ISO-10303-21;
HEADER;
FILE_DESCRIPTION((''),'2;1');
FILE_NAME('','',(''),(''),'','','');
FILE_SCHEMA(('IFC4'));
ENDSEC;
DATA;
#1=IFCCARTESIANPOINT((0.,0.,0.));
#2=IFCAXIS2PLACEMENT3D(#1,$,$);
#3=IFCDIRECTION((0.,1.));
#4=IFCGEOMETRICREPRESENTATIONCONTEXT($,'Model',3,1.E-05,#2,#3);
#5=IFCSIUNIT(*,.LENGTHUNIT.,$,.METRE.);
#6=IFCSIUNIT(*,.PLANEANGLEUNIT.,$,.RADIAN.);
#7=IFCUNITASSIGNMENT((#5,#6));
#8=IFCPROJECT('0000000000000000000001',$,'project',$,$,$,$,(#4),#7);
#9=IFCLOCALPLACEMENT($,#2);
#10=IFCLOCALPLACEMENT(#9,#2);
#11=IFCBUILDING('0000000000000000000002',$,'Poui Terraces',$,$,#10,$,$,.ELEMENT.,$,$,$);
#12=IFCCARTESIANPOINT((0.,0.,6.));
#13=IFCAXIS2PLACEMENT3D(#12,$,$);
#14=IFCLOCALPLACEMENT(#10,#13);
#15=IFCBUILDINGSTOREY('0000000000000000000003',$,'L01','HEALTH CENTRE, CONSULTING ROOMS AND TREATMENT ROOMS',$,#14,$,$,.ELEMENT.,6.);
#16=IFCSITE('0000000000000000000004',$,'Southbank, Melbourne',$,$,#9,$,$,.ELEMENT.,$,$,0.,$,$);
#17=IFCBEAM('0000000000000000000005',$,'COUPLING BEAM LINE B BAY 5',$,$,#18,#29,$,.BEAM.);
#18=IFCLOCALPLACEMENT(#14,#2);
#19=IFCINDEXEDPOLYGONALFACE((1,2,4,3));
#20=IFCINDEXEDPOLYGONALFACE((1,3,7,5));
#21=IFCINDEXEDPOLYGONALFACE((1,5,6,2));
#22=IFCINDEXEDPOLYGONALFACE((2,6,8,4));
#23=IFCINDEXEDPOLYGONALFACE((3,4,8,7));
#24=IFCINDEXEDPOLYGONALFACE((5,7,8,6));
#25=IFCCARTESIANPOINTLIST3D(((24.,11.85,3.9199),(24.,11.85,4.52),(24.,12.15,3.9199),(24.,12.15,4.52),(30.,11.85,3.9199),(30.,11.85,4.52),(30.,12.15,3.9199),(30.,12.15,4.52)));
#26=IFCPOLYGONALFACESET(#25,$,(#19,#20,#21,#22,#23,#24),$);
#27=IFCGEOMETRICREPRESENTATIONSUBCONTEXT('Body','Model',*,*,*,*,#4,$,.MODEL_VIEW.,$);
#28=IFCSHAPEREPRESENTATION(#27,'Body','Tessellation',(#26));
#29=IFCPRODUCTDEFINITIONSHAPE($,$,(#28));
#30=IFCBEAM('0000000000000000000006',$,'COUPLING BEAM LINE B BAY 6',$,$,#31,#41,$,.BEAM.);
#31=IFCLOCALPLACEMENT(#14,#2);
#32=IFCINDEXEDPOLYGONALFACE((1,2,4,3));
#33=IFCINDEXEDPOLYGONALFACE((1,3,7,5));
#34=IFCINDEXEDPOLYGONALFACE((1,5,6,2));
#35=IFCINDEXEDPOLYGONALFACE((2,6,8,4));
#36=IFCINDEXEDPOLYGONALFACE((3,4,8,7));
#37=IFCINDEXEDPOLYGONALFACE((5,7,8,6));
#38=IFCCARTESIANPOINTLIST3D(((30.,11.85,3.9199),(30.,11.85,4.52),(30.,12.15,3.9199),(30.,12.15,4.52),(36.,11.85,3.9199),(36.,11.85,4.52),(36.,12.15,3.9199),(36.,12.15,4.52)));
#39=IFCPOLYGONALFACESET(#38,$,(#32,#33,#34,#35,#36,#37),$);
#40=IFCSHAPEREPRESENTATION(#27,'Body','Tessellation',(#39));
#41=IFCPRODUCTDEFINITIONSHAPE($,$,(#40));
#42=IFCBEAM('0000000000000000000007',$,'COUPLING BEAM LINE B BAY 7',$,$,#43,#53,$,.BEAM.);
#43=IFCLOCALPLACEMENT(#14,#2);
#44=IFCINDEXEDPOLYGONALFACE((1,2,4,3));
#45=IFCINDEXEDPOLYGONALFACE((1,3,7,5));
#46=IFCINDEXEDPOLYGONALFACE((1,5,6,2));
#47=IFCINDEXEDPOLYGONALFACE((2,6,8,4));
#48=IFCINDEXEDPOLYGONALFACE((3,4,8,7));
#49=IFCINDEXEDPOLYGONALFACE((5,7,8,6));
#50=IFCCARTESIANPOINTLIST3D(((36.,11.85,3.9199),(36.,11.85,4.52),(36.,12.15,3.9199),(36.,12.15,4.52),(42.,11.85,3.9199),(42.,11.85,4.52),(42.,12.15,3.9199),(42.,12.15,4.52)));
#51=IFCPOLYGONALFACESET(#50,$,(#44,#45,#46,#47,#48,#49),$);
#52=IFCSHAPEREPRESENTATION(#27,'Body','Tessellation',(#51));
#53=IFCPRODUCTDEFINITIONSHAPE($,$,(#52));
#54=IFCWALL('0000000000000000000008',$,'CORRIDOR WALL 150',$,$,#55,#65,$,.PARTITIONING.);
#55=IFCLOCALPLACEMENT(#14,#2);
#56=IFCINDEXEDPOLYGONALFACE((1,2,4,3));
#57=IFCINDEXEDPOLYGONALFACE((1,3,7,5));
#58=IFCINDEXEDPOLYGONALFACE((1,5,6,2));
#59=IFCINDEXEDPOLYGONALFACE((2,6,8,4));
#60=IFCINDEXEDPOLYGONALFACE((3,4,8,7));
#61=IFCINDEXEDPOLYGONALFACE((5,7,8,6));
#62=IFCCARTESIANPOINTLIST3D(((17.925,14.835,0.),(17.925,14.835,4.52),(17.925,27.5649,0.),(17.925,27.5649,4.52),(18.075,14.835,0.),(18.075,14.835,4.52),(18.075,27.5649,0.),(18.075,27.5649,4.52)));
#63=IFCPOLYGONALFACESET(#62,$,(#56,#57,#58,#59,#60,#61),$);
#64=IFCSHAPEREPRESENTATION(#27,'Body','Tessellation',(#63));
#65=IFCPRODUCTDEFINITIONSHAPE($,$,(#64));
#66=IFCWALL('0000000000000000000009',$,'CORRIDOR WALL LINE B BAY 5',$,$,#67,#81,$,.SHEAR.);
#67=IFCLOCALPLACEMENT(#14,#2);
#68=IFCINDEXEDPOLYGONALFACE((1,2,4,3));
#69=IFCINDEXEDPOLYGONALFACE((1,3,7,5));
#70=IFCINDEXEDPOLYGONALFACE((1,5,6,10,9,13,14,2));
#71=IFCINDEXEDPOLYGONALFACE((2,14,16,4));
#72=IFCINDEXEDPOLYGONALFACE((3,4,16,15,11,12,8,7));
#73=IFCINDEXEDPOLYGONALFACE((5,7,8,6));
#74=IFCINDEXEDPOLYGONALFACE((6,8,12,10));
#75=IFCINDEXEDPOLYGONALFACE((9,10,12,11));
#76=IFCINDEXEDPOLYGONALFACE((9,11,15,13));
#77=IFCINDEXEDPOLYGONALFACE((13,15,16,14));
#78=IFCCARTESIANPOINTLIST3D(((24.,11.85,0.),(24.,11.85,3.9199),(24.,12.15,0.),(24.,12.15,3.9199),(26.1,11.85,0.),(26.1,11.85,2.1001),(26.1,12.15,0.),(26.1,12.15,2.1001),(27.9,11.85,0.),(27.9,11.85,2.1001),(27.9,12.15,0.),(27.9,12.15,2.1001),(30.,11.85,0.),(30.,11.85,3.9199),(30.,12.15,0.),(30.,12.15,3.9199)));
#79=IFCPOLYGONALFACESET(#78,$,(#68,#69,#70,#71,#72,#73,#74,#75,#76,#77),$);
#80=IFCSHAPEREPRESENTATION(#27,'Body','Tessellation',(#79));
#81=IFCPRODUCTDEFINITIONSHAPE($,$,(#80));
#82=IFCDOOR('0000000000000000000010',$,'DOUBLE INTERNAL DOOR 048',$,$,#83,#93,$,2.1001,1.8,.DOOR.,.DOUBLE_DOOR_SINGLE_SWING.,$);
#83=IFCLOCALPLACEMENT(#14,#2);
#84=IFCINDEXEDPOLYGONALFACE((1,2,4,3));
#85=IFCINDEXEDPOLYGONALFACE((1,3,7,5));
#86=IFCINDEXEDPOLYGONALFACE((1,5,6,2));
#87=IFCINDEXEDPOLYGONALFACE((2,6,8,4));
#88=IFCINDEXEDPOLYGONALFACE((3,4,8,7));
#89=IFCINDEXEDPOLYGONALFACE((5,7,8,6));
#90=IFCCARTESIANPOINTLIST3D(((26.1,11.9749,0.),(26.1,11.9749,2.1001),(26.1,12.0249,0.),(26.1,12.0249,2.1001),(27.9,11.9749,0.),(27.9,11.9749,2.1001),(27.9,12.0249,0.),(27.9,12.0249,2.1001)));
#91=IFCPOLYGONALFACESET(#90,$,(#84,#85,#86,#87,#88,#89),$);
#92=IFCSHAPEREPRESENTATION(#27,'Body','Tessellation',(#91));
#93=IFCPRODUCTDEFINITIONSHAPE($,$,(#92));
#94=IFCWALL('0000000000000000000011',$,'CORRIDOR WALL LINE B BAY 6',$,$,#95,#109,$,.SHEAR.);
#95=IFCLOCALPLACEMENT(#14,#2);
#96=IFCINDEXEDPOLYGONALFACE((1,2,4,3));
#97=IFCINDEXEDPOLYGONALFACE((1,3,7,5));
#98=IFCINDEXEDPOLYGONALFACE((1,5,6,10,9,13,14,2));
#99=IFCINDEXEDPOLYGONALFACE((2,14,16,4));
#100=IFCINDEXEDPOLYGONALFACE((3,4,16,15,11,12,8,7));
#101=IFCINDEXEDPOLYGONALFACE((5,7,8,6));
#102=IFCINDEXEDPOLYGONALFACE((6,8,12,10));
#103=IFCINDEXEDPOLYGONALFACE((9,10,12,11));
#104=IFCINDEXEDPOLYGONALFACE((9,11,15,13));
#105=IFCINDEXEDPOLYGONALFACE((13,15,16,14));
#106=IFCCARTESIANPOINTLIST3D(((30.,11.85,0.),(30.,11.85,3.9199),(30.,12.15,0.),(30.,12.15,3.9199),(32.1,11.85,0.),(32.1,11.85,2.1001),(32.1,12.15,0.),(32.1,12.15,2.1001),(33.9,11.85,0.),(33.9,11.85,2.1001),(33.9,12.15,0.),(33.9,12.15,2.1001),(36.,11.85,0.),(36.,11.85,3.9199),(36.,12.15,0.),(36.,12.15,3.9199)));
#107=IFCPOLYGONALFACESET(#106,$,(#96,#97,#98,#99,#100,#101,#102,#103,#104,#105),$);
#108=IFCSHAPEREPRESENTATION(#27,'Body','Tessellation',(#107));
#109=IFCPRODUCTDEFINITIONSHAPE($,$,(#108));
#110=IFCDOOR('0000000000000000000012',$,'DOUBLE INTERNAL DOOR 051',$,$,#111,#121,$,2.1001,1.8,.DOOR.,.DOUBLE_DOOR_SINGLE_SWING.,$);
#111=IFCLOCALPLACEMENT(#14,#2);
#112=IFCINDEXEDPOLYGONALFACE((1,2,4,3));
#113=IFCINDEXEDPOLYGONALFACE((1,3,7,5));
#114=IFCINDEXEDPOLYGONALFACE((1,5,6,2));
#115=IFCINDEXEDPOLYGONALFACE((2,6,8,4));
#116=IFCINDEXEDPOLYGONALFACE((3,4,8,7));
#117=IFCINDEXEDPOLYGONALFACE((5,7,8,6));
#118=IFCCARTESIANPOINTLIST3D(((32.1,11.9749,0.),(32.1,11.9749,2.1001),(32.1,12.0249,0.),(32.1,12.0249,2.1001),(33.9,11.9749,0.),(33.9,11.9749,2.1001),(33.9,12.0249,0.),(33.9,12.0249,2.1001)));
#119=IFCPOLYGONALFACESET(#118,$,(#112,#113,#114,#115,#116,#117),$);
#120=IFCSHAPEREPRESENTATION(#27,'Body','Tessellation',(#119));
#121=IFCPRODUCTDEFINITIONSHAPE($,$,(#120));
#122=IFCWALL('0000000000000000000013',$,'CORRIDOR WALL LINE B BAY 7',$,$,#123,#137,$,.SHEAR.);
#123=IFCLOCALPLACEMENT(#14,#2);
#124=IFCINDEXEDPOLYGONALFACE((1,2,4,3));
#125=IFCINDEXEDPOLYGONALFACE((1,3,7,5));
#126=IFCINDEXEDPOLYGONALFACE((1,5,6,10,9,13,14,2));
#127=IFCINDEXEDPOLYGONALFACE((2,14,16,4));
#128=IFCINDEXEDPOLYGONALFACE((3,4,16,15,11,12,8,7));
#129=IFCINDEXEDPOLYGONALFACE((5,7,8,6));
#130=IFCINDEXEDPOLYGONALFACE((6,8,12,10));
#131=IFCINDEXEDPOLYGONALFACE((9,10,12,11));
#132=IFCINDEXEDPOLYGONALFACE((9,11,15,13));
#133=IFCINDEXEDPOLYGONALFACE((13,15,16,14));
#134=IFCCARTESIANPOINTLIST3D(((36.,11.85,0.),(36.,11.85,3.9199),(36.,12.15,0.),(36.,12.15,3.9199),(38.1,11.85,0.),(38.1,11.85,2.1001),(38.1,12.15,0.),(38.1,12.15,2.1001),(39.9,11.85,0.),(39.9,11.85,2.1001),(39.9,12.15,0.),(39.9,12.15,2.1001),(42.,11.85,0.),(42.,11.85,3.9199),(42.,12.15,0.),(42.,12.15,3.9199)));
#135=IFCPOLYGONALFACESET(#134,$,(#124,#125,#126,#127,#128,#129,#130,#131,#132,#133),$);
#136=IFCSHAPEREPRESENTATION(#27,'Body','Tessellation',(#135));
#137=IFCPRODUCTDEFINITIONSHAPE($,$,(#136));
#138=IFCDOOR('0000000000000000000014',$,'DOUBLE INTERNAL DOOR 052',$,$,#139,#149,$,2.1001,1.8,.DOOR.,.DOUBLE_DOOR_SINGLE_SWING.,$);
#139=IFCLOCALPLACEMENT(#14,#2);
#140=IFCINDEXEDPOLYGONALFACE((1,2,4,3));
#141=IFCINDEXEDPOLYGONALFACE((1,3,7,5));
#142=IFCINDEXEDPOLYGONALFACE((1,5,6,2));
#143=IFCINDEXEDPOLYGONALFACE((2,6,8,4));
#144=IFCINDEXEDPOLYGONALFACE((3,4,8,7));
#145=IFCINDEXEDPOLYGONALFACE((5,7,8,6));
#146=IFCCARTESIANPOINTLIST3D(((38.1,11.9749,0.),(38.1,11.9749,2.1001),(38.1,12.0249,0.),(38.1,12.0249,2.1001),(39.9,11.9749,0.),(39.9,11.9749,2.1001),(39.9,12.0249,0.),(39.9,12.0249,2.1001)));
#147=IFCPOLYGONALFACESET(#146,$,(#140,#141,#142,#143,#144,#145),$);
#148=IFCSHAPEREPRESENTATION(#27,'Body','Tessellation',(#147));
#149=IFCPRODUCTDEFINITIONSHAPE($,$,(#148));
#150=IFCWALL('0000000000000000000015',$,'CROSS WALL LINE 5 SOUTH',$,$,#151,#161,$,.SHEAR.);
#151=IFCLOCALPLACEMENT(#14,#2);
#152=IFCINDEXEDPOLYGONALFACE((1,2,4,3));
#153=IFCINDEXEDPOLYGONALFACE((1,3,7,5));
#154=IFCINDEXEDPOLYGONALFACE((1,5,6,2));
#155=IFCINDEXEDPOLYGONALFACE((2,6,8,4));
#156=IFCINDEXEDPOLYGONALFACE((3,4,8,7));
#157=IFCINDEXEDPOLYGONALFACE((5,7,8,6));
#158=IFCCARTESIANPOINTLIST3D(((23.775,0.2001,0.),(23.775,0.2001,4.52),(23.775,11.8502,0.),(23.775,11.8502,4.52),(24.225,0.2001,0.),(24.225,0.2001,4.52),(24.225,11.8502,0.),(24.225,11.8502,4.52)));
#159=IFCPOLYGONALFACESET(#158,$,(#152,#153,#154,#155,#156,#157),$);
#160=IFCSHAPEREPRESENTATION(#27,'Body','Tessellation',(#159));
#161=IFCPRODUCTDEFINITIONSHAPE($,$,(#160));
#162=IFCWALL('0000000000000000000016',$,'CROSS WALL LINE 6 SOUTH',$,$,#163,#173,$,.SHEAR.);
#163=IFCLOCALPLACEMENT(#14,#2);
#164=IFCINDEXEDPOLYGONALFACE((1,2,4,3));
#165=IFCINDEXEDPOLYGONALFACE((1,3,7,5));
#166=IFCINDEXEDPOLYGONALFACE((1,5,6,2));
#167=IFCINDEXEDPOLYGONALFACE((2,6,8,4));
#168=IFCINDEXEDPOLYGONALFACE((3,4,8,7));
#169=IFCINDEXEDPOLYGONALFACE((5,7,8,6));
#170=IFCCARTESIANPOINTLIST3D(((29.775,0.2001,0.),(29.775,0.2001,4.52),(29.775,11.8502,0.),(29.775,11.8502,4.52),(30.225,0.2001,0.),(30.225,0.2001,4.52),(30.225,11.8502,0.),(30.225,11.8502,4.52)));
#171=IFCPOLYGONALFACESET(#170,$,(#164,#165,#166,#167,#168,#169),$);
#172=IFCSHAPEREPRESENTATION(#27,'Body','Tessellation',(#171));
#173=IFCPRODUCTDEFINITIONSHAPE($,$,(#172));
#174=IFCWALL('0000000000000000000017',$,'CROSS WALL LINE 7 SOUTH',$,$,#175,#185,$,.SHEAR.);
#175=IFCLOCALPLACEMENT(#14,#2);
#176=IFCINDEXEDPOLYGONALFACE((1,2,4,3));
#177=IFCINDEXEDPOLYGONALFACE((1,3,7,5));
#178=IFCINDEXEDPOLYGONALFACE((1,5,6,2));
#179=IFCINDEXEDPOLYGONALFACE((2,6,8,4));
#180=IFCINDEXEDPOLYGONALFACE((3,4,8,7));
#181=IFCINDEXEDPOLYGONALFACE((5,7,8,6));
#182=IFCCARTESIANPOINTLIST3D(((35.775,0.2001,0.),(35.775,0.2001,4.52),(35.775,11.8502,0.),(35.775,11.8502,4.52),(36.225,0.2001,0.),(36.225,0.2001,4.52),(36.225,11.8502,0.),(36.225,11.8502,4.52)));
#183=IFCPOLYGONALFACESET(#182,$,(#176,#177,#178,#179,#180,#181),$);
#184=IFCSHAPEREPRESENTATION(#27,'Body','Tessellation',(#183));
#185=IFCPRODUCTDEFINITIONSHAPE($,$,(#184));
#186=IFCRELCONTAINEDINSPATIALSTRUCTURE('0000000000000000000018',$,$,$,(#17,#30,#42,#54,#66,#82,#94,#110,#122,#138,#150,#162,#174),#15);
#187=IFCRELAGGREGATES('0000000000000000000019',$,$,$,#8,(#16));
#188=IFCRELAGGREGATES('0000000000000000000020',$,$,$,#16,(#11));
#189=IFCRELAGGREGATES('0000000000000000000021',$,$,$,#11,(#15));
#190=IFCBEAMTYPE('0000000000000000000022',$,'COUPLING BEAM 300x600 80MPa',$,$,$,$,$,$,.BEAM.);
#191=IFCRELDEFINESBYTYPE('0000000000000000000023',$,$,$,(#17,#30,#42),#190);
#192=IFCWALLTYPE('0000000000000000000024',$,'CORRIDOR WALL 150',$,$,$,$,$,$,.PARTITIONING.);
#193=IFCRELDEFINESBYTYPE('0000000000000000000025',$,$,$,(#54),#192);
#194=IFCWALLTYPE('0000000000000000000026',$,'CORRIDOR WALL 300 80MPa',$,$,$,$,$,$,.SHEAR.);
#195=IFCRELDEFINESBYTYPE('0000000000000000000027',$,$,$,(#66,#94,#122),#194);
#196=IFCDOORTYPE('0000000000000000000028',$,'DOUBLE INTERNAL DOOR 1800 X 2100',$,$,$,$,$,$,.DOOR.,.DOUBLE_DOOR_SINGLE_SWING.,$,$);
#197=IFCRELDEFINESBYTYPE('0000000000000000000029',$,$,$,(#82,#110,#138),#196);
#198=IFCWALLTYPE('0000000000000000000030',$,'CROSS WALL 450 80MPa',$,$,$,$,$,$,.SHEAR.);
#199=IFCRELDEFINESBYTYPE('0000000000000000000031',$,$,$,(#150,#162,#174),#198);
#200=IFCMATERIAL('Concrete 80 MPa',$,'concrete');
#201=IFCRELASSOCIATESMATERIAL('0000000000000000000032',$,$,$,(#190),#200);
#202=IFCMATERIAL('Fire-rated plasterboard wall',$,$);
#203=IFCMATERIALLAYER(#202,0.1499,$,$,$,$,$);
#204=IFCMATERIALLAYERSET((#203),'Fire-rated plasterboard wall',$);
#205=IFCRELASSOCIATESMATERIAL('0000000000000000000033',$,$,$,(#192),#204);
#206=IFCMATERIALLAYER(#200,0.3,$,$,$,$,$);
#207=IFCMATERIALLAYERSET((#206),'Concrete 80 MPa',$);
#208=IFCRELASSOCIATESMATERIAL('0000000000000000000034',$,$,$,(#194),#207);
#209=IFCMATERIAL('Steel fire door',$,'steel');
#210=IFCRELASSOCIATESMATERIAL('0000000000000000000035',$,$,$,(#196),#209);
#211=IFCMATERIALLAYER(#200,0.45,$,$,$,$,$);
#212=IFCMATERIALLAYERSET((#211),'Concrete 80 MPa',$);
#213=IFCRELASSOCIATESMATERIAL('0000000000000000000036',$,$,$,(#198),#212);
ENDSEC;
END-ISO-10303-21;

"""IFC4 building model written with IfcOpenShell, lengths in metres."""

from ifc_helpers import new_model, si_unit, direction, frame, frame_2d, origin, origin_2d, place, context, subcontext, project, spatial, rectangle, extrude, source, transform, mapped, material, layer, layer_set, material_profile, profile_set, type_object, element, fill, save


model = new_model("IFC4")

# Units and contexts
model_context = context("Model", 3, precision=1e-05, world=origin(), true_north=direction((0.0, 1.0)))
body_context = subcontext(model_context, "Body", "Model", "MODEL_VIEW")
ifc_project = project(units=[si_unit("LENGTHUNIT", "METRE"), si_unit("PLANEANGLEUNIT", "RADIAN")], contexts=[model_context])

# Site, building, storey
site_placement = place(None, origin())
site = spatial("IfcSite", under=ifc_project, at=site_placement, Name="Southbank, Melbourne", CompositionType="ELEMENT", RefElevation=0.0)
building_placement = place(site_placement, origin())
building = spatial("IfcBuilding", under=site, at=building_placement, Name="Poui Terraces", CompositionType="ELEMENT")
storey_placement = place(building_placement, frame((0.0, 0.0, 6.0)))
storey = spatial("IfcBuildingStorey", under=building, at=storey_placement, Name="L01", Description="HEALTH CENTRE, CONSULTING ROOMS AND TREATMENT ROOMS", CompositionType="ELEMENT", Elevation=6.0)

# Beams
ifc_material_1 = material(Name="Concrete 80 MPa", Category="concrete")
ifc_material_profile = material_profile(ifc_material_1, rectangle(XDim=0.3, YDim=0.6001, at=origin_2d()), Name="RC 300x600")
ifc_profile_set = profile_set([ifc_material_profile], Name="Concrete 80 MPa")
beam_type = type_object("IfcBeamType", Name="COUPLING BEAM 300x600 80MPa", PredefinedType="BEAM", material=ifc_profile_set)
shared_shape = source(origin(), body_context, "Body", "SweptSolid", [
    extrude(rectangle(XDim=0.3, YDim=0.6001, at=origin_2d()), origin(), (0.0, 0.0, 1.0), 6.0),
])
for number, where, z_axis, x_axis, name in (
    (1, (24.0, 12.0, 4.22), (1.0, 0.0, 0.0), (0.0, 1.0, 0.0), "COUPLING BEAM LINE B BAY 5"),
    (2, (30.0, 12.0, 4.22), (1.0, 0.0, 0.0), (0.0, 1.0, 0.0), "COUPLING BEAM LINE B BAY 6"),
    (3, (36.0, 12.0, 4.22), (1.0, 0.0, 0.0), (0.0, 1.0, 0.0), "COUPLING BEAM LINE B BAY 7"),
):
    element("IfcBeam", number, at=place(storey_placement, frame(where, z_axis=z_axis, x_axis=x_axis)), inside=storey, type_object=beam_type, Name=name, PredefinedType="BEAM", context=body_context, shape_type="MappedRepresentation", body=[
        mapped(shared_shape, transform((0.0, 0.0, 0.0))),
    ])

# Wall
ifc_material_2 = material(Name="Fire-rated plasterboard wall")
ifc_layer_1 = layer(ifc_material_2, 0.1499)
ifc_layer_set_1 = layer_set([ifc_layer_1], Name="Fire-rated plasterboard wall")
wall_type_1 = type_object("IfcWallType", Name="CORRIDOR WALL 150", PredefinedType="PARTITIONING", material=ifc_layer_set_1)
wall_1_placement = place(storey_placement, frame((18.0, 14.835, 0.0), z_axis=(0.0, 0.0, 1.0), x_axis=(0.0, 1.0, 0.0)))
element("IfcWall", 4, at=wall_1_placement, inside=storey, type_object=wall_type_1, Name="CORRIDOR WALL 150", PredefinedType="PARTITIONING", context=body_context, shape_type="SweptSolid", body=[
    extrude(rectangle(XDim=12.73, YDim=0.1499, at=frame_2d((6.365, 0.0))), origin(), (0.0, 0.0, 1.0), 4.52),
])

# Walls, openings, doors
ifc_layer_2 = layer(ifc_material_1, 0.3)
ifc_layer_set_2 = layer_set([ifc_layer_2], Name="Concrete 80 MPa")
wall_type_2 = type_object("IfcWallType", Name="CORRIDOR WALL 300 80MPa", PredefinedType="SHEAR", material=ifc_layer_set_2)
wall_2_placement = place(storey_placement, frame((24.0, 12.0, 0.0), z_axis=(0.0, 0.0, 1.0), x_axis=(1.0, 0.0, 0.0)))
wall_2 = element("IfcWall", 5, at=wall_2_placement, inside=storey, type_object=wall_type_2, Name="CORRIDOR WALL LINE B BAY 5", PredefinedType="SHEAR", context=body_context, shape_type="SweptSolid", body=[
    extrude(rectangle(XDim=6.0, YDim=0.3, at=frame_2d((3.0, 0.0))), origin(), (0.0, 0.0, 1.0), 3.9199),
])
opening_1_placement = place(wall_2_placement, frame((2.1001, 0.0, 0.0)))
opening_1 = element("IfcOpeningElement", 6, at=opening_1_placement, cuts=wall_2, PredefinedType="OPENING", context=body_context, shape_type="SweptSolid", body=[
    extrude(rectangle(XDim=1.8, YDim=2.1001, at=frame_2d((0.8999, 1.05))), frame((0.0, 0.1602, 0.0), z_axis=(0.0, -1.0, 0.0), x_axis=(1.0, 0.0, 0.0)), (0.0, 0.0, 1.0), 0.3201),
])
ifc_material_3 = material(Name="Steel fire door", Category="steel")
door_type_1 = type_object("IfcDoorType", Name="DOUBLE INTERNAL DOOR 1800 X 2100", OperationType="DOUBLE_DOOR_SINGLE_SWING", PredefinedType="DOOR", material=ifc_material_3)
door_1_placement = place(opening_1_placement, origin())
door_1 = element("IfcDoor", 7, at=door_1_placement, inside=storey, type_object=door_type_1, Name="DOUBLE INTERNAL DOOR 048", OperationType="DOUBLE_DOOR_SINGLE_SWING", OverallHeight=2.1001, OverallWidth=1.8, PredefinedType="DOOR", context=body_context, shape_type="SweptSolid", body=[
    extrude(rectangle(XDim=1.8, YDim=2.1001, at=frame_2d((0.8999, 1.05))), frame((0.0, 0.0249, 0.0), z_axis=(0.0, -1.0, 0.0), x_axis=(1.0, 0.0, 0.0)), (0.0, 0.0, 1.0), 0.05),
])
fill(opening_1, door_1)
wall_3_placement = place(storey_placement, frame((30.0, 12.0, 0.0), z_axis=(0.0, 0.0, 1.0), x_axis=(1.0, 0.0, 0.0)))
wall_3 = element("IfcWall", 8, at=wall_3_placement, inside=storey, type_object=wall_type_2, Name="CORRIDOR WALL LINE B BAY 6", PredefinedType="SHEAR", context=body_context, shape_type="SweptSolid", body=[
    extrude(rectangle(XDim=6.0, YDim=0.3, at=frame_2d((3.0, 0.0))), origin(), (0.0, 0.0, 1.0), 3.9199),
])
opening_2_placement = place(wall_3_placement, frame((2.1001, 0.0, 0.0)))
opening_2 = element("IfcOpeningElement", 9, at=opening_2_placement, cuts=wall_3, PredefinedType="OPENING", context=body_context, shape_type="SweptSolid", body=[
    extrude(rectangle(XDim=1.8, YDim=2.1001, at=frame_2d((0.8999, 1.05))), frame((0.0, 0.1602, 0.0), z_axis=(0.0, -1.0, 0.0), x_axis=(1.0, 0.0, 0.0)), (0.0, 0.0, 1.0), 0.3201),
])
door_2_placement = place(opening_2_placement, origin())
door_2 = element("IfcDoor", 10, at=door_2_placement, inside=storey, type_object=door_type_1, Name="DOUBLE INTERNAL DOOR 051", OperationType="DOUBLE_DOOR_SINGLE_SWING", OverallHeight=2.1001, OverallWidth=1.8, PredefinedType="DOOR", context=body_context, shape_type="SweptSolid", body=[
    extrude(rectangle(XDim=1.8, YDim=2.1001, at=frame_2d((0.8999, 1.05))), frame((0.0, 0.0249, 0.0), z_axis=(0.0, -1.0, 0.0), x_axis=(1.0, 0.0, 0.0)), (0.0, 0.0, 1.0), 0.05),
])
fill(opening_2, door_2)
wall_4_placement = place(storey_placement, frame((36.0, 12.0, 0.0), z_axis=(0.0, 0.0, 1.0), x_axis=(1.0, 0.0, 0.0)))
wall_4 = element("IfcWall", 11, at=wall_4_placement, inside=storey, type_object=wall_type_2, Name="CORRIDOR WALL LINE B BAY 7", PredefinedType="SHEAR", context=body_context, shape_type="SweptSolid", body=[
    extrude(rectangle(XDim=6.0, YDim=0.3, at=frame_2d((3.0, 0.0))), origin(), (0.0, 0.0, 1.0), 3.9199),
])
opening_3_placement = place(wall_4_placement, frame((2.1001, 0.0, 0.0)))
opening_3 = element("IfcOpeningElement", 12, at=opening_3_placement, cuts=wall_4, PredefinedType="OPENING", context=body_context, shape_type="SweptSolid", body=[
    extrude(rectangle(XDim=1.8, YDim=2.1001, at=frame_2d((0.8999, 1.05))), frame((0.0, 0.1602, 0.0), z_axis=(0.0, -1.0, 0.0), x_axis=(1.0, 0.0, 0.0)), (0.0, 0.0, 1.0), 0.3201),
])
door_3_placement = place(opening_3_placement, origin())
door_3 = element("IfcDoor", 13, at=door_3_placement, inside=storey, type_object=door_type_1, Name="DOUBLE INTERNAL DOOR 052", OperationType="DOUBLE_DOOR_SINGLE_SWING", OverallHeight=2.1001, OverallWidth=1.8, PredefinedType="DOOR", context=body_context, shape_type="SweptSolid", body=[
    extrude(rectangle(XDim=1.8, YDim=2.1001, at=frame_2d((0.8999, 1.05))), frame((0.0, 0.0249, 0.0), z_axis=(0.0, -1.0, 0.0), x_axis=(1.0, 0.0, 0.0)), (0.0, 0.0, 1.0), 0.05),
])
fill(opening_3, door_3)

# Walls
ifc_layer_3 = layer(ifc_material_1, 0.45)
ifc_layer_set_3 = layer_set([ifc_layer_3], Name="Concrete 80 MPa")
wall_type_3 = type_object("IfcWallType", Name="CROSS WALL 450 80MPa", PredefinedType="SHEAR", material=ifc_layer_set_3)
for number, where, z_axis, x_axis, name in (
    (14, (24.0, 0.2, 0.0), (0.0, 0.0, 1.0), (0.0, 1.0, 0.0), "CROSS WALL LINE 5 SOUTH"),
    (15, (30.0, 0.2, 0.0), (0.0, 0.0, 1.0), (0.0, 1.0, 0.0), "CROSS WALL LINE 6 SOUTH"),
    (16, (36.0, 0.2, 0.0), (0.0, 0.0, 1.0), (0.0, 1.0, 0.0), "CROSS WALL LINE 7 SOUTH"),
):
    element("IfcWall", number, at=place(storey_placement, frame(where, z_axis=z_axis, x_axis=x_axis)), inside=storey, type_object=wall_type_3, Name=name, PredefinedType="SHEAR", context=body_context, shape_type="SweptSolid", body=[
        extrude(rectangle(XDim=11.6501, YDim=0.45, at=frame_2d((5.8252, 0.0))), origin(), (0.0, 0.0, 1.0), 4.52),
    ])

save(model, "model.ifc")
